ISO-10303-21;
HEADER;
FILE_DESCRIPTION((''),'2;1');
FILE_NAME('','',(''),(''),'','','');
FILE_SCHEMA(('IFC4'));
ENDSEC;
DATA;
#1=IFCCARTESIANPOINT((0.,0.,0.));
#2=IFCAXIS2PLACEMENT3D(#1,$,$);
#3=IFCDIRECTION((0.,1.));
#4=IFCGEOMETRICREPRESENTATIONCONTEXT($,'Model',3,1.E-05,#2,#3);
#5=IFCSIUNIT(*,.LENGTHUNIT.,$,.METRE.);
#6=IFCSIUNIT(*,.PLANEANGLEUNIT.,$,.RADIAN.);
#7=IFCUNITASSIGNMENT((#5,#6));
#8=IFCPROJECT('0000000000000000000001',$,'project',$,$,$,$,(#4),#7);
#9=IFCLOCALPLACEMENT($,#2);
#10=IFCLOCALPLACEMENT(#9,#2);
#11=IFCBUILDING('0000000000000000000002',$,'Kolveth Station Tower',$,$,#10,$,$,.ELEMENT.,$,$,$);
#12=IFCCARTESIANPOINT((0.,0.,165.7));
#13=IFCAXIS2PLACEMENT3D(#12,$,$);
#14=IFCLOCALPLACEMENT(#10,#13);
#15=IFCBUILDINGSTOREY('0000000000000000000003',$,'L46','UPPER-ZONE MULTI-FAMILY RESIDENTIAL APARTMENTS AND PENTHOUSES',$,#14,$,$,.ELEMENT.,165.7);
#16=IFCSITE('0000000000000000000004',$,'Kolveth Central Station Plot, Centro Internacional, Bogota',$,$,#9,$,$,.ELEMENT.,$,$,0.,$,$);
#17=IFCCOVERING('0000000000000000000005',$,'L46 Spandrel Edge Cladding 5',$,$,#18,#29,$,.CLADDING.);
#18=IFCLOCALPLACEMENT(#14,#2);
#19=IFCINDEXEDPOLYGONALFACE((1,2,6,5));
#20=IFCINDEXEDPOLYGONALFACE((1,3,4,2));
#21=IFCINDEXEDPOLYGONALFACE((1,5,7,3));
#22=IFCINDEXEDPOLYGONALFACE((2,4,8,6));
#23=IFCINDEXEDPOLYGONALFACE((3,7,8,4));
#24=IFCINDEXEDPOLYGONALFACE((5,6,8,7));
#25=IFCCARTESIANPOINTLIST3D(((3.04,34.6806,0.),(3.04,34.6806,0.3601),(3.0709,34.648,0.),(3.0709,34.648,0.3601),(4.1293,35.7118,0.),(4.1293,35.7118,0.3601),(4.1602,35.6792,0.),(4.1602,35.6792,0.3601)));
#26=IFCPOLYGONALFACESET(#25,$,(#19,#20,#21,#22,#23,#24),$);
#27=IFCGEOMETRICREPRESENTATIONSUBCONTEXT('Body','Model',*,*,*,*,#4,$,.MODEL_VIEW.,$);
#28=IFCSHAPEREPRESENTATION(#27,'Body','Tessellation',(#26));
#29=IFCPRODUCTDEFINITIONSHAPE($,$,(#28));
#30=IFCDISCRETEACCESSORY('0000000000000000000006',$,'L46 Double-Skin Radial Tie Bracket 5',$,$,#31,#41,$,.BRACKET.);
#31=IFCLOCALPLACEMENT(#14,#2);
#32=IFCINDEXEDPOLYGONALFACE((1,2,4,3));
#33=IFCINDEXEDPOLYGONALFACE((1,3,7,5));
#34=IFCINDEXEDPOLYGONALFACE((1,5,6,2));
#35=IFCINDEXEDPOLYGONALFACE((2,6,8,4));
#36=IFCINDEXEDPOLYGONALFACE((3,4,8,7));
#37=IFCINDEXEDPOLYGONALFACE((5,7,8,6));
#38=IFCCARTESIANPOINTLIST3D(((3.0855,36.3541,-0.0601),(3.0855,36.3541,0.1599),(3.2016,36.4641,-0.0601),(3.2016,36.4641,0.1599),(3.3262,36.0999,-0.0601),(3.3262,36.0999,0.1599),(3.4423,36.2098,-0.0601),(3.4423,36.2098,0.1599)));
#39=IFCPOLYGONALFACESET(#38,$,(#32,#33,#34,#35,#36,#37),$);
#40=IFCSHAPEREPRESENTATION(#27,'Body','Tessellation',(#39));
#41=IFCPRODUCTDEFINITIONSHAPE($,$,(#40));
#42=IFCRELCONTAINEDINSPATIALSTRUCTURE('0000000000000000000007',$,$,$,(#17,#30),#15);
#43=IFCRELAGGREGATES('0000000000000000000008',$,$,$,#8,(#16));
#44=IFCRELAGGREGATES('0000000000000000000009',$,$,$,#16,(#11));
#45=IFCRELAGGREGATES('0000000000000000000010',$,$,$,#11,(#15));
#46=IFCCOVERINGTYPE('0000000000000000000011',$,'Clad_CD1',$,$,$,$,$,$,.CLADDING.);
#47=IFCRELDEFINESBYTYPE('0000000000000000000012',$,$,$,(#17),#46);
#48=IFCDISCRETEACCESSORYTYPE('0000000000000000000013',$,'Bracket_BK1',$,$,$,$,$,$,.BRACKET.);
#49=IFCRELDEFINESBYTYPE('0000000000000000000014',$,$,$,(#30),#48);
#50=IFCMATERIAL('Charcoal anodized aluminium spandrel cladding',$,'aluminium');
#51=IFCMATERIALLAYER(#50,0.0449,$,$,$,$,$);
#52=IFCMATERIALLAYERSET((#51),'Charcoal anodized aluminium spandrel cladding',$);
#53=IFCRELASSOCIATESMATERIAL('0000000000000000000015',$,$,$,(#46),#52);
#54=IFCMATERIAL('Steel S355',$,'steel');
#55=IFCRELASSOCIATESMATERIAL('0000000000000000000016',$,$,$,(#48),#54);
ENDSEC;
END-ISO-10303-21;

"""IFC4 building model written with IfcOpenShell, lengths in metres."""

from ifc_helpers import new_model, si_unit, direction, frame, origin, origin_2d, place, context, subcontext, project, spatial, rectangle, extrude, source, transform, mapped, material, layer, layer_set, type_object, element, save


model = new_model("IFC4")

# Units and contexts
model_context = context("Model", 3, precision=1e-05, world=origin(), true_north=direction((0.0, 1.0)))
body_context = subcontext(model_context, "Body", "Model", "MODEL_VIEW")
ifc_project = project(units=[si_unit("LENGTHUNIT", "METRE"), si_unit("PLANEANGLEUNIT", "RADIAN")], contexts=[model_context])

# Site, building, storey
site_placement = place(None, origin())
site = spatial("IfcSite", under=ifc_project, at=site_placement, Name="Kolveth Central Station Plot, Centro Internacional, Bogota", CompositionType="ELEMENT", RefElevation=0.0)
building_placement = place(site_placement, origin())
building = spatial("IfcBuilding", under=site, at=building_placement, Name="Kolveth Station Tower", CompositionType="ELEMENT")
storey_placement = place(building_placement, frame((0.0, 0.0, 165.7)))
storey = spatial("IfcBuildingStorey", under=building, at=storey_placement, Name="L46", Description="UPPER-ZONE MULTI-FAMILY RESIDENTIAL APARTMENTS AND PENTHOUSES", CompositionType="ELEMENT", Elevation=165.7)

# Shared definitions
ifc_material_1 = material(Name="Steel S355", Category="steel")

# Covering
ifc_material_2 = material(Name="Charcoal anodized aluminium spandrel cladding", Category="aluminium")
ifc_layer_1 = layer(ifc_material_2, 0.0449)
ifc_layer_set_1 = layer_set([ifc_layer_1], Name="Charcoal anodized aluminium spandrel cladding")
covering_type = type_object("IfcCoveringType", Name="Clad_CD1", PredefinedType="CLADDING", material=ifc_layer_set_1)
shared_shape_1 = source(origin(), body_context, "Body", "SweptSolid", [
    extrude(rectangle(XDim=1.5, YDim=0.0449, at=origin_2d()), origin(), (0.0, 0.0, 1.0), 0.3601),
])
covering_placement = place(storey_placement, frame((3.6001, 35.1799, 0.0), z_axis=(0.0, 0.0, 1.0), x_axis=(-0.726215, -0.687468, 0.0)))
element("IfcCovering", 1, at=covering_placement, inside=storey, type_object=covering_type, Name="L46 Spandrel Edge Cladding 5", PredefinedType="CLADDING", context=body_context, shape_type="MappedRepresentation", body=[
    mapped(shared_shape_1, transform((0.0, 0.0, 0.0), x_axis=(1.0, 0.0, 0.0), y_axis=(0.0, 1.0, 0.0), z_axis=(0.0, 0.0, 1.0), scale=1.0)),
])

# Discrete accessory
discrete_accessory_type = type_object("IfcDiscreteAccessoryType", Name="Bracket_BK1", PredefinedType="BRACKET", material=ifc_material_1)
shared_shape_2 = source(origin(), body_context, "Body", "SweptSolid", [
    extrude(rectangle(XDim=0.3501, YDim=0.1599, at=origin_2d()), origin(), (0.0, 0.0, 1.0), 0.22),
])
discrete_accessory_placement = place(storey_placement, frame((3.2639, 36.282, -0.0601), z_axis=(0.0, 0.0, 1.0), x_axis=(-0.687468, 0.726215, 0.0)))
element("IfcDiscreteAccessory", 2, at=discrete_accessory_placement, inside=storey, type_object=discrete_accessory_type, Name="L46 Double-Skin Radial Tie Bracket 5", PredefinedType="BRACKET", context=body_context, shape_type="MappedRepresentation", body=[
    mapped(shared_shape_2, transform((0.0, 0.0, 0.0), x_axis=(1.0, 0.0, 0.0), y_axis=(0.0, 1.0, 0.0), z_axis=(0.0, 0.0, 1.0), scale=1.0)),
])

save(model, "model.ifc")
